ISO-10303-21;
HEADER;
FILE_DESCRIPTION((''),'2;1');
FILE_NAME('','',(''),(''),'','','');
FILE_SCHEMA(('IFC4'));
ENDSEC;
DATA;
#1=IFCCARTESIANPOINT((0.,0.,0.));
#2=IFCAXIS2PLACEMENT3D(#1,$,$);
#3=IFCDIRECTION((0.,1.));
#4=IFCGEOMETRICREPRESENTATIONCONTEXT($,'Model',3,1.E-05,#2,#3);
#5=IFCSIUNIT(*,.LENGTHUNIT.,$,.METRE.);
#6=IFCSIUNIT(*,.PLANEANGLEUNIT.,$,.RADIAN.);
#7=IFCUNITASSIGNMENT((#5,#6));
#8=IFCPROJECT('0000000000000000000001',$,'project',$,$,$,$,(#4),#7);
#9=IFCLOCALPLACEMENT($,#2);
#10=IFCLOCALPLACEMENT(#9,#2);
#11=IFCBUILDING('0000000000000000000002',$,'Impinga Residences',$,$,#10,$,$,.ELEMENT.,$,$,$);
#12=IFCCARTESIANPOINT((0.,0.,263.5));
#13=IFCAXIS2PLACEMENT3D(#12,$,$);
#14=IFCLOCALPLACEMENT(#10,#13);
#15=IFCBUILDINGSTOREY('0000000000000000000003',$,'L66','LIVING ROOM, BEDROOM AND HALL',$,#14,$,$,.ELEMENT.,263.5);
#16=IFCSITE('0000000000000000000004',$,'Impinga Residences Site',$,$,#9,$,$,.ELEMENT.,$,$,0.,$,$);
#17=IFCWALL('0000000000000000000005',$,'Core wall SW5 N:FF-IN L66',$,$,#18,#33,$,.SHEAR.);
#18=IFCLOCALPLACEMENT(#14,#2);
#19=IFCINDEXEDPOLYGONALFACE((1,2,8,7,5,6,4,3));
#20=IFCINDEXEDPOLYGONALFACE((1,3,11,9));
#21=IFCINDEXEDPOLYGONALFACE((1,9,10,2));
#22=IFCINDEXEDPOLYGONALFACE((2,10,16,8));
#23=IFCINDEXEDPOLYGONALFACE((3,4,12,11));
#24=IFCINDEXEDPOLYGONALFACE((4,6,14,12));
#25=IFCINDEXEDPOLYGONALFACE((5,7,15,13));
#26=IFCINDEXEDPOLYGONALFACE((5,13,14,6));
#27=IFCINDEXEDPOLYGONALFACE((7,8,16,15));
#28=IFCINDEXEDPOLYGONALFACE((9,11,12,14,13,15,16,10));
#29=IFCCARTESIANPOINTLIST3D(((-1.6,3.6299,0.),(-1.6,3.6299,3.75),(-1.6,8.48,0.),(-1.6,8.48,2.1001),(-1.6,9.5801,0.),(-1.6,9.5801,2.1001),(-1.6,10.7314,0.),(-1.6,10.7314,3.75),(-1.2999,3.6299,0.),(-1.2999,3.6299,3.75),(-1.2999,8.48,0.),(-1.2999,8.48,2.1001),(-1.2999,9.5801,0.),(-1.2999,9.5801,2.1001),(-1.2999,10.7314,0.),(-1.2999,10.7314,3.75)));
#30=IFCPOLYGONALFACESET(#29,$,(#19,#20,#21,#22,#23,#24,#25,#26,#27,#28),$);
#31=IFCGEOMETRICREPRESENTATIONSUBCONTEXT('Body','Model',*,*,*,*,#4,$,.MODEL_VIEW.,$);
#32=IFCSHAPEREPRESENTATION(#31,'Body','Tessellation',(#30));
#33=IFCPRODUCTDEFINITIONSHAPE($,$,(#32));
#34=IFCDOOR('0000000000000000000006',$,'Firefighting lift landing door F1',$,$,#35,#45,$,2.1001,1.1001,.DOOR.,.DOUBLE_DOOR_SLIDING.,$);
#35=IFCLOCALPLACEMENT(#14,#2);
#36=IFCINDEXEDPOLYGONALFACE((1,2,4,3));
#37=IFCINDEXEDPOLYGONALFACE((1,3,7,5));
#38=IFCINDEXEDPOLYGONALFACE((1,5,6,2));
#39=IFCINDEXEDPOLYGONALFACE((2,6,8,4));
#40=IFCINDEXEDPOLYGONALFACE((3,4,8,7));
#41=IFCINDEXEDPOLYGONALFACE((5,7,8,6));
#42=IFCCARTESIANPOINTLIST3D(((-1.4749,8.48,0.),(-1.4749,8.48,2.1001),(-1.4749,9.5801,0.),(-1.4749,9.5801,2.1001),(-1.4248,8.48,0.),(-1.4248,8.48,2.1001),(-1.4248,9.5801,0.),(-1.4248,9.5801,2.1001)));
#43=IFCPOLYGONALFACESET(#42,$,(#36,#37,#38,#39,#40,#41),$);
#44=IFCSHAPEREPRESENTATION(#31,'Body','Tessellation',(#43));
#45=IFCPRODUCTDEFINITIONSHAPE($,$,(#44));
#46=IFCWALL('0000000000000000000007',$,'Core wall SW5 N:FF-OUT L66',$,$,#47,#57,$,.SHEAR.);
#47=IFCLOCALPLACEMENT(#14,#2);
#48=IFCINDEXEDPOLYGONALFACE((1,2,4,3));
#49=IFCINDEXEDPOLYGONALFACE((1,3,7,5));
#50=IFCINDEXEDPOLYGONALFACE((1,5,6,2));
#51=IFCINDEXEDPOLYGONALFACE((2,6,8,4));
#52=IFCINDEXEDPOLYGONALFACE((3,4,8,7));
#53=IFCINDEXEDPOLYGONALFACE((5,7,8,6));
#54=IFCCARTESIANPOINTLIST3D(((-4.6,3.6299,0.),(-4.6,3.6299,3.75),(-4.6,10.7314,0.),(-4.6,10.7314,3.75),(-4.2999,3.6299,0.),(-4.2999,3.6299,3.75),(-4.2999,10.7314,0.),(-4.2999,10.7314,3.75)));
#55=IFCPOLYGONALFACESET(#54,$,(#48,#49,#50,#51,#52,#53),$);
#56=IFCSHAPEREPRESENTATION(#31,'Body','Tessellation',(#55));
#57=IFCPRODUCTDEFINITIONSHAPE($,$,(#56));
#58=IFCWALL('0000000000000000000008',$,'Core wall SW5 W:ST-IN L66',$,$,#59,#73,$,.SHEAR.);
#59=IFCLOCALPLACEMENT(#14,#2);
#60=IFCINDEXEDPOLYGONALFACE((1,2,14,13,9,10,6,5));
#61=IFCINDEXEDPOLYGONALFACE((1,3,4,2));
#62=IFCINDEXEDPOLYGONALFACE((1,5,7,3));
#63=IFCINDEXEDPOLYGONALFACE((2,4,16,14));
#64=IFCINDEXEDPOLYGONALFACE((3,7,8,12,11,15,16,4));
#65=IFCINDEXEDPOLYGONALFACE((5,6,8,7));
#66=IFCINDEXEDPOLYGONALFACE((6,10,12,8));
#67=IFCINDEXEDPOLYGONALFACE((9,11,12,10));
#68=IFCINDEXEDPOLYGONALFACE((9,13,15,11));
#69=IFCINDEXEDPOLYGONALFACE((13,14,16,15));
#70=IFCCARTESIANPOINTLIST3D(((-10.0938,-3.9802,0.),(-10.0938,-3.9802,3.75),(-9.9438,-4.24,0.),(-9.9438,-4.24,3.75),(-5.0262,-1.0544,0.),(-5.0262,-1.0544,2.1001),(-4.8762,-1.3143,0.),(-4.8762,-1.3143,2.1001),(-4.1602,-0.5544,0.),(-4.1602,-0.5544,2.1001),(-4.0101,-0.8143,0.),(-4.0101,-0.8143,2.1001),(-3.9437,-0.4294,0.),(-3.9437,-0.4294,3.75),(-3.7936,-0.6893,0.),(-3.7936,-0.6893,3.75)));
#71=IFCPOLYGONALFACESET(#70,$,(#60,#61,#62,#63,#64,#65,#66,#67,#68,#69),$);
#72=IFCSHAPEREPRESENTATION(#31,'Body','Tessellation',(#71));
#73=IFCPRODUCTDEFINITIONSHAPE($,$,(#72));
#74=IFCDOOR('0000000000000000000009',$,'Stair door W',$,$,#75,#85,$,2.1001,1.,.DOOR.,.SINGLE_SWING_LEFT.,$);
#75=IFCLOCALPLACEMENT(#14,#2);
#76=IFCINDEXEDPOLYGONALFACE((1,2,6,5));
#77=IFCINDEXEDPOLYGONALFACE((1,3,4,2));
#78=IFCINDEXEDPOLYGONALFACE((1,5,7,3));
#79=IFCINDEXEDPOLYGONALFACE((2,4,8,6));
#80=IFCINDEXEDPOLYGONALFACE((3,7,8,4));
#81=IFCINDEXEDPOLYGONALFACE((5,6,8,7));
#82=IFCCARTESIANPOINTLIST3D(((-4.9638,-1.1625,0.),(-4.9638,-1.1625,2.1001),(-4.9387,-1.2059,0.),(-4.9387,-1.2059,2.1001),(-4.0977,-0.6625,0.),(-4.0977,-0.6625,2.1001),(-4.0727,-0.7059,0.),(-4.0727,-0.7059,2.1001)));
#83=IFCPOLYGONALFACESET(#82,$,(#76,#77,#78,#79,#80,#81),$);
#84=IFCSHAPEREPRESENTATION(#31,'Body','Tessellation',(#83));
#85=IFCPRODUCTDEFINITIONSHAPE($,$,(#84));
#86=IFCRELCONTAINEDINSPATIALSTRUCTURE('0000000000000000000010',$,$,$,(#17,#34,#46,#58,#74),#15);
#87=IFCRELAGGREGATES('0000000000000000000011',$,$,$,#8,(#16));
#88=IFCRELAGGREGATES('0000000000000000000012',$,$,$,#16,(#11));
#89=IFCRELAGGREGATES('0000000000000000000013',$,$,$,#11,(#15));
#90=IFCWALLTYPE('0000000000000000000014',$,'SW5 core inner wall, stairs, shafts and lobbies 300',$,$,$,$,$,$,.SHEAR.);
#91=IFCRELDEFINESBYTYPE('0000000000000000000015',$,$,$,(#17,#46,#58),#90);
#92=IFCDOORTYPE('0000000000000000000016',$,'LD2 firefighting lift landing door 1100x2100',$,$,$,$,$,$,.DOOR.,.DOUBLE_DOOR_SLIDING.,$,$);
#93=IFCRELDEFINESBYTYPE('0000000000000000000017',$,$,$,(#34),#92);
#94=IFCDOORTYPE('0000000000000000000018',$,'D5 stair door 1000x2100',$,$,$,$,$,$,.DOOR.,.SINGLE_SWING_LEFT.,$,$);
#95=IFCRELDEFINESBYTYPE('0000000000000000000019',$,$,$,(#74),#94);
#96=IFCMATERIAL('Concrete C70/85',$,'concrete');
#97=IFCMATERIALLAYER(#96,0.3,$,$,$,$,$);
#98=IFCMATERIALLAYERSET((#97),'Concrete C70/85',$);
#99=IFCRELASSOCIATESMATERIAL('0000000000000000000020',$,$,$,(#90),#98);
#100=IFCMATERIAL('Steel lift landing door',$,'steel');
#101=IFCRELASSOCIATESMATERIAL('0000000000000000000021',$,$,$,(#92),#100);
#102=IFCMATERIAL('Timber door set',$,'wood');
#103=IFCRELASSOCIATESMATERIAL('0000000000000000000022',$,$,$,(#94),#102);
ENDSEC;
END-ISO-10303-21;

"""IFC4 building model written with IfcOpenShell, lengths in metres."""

from ifc_helpers import new_model, si_unit, direction, frame, frame_2d, origin, place, context, subcontext, project, spatial, rectangle, extrude, material, layer, layer_set, type_object, element, fill, save


model = new_model("IFC4")

# Units and contexts
model_context = context("Model", 3, precision=1e-05, world=origin(), true_north=direction((0.0, 1.0)))
body_context = subcontext(model_context, "Body", "Model", "MODEL_VIEW")
ifc_project = project(units=[si_unit("LENGTHUNIT", "METRE"), si_unit("PLANEANGLEUNIT", "RADIAN")], contexts=[model_context])

# Site, building, storey
site_placement = place(None, origin())
site = spatial("IfcSite", under=ifc_project, at=site_placement, Name="Impinga Residences Site", CompositionType="ELEMENT", RefElevation=0.0)
building_placement = place(site_placement, origin())
building = spatial("IfcBuilding", under=site, at=building_placement, Name="Impinga Residences", CompositionType="ELEMENT")
storey_placement = place(building_placement, frame((0.0, 0.0, 263.5)))
storey = spatial("IfcBuildingStorey", under=building, at=storey_placement, Name="L66", Description="LIVING ROOM, BEDROOM AND HALL", CompositionType="ELEMENT", Elevation=263.5)

# Shared definitions
ifc_material_1 = material(Name="Concrete C70/85", Category="concrete")
ifc_layer_1 = layer(ifc_material_1, 0.3)
ifc_layer_set_1 = layer_set([ifc_layer_1], Name="Concrete C70/85")
wall_type_1 = type_object("IfcWallType", Name="SW5 core inner wall, stairs, shafts and lobbies 300", PredefinedType="SHEAR", material=ifc_layer_set_1)
ifc_material_2 = material(Name="Timber door set", Category="wood")

# Wall, opening, door
wall_1_placement = place(storey_placement, frame((-1.45, 3.6299, 0.0), z_axis=(0.0, 0.0, 1.0), x_axis=(0.0, 1.0, 0.0)))
wall_1 = element("IfcWall", 1, at=wall_1_placement, inside=storey, type_object=wall_type_1, Name="Core wall SW5 N:FF-IN L66", PredefinedType="SHEAR", context=body_context, shape_type="SweptSolid", body=[
    extrude(rectangle(XDim=7.1016, YDim=0.3, at=frame_2d((3.5508, 0.0))), origin(), (0.0, 0.0, 1.0), 3.75),
])
opening_1_placement = place(wall_1_placement, frame((4.8501, 0.0, 0.0)))
opening_1 = element("IfcOpeningElement", 2, at=opening_1_placement, cuts=wall_1, PredefinedType="OPENING", context=body_context, shape_type="SweptSolid", body=[
    extrude(rectangle(XDim=1.1001, YDim=2.1001, at=frame_2d((0.55, 1.05))), frame((0.0, 0.1599, 0.0), z_axis=(0.0, -1.0, 0.0), x_axis=(1.0, 0.0, 0.0)), (0.0, 0.0, 1.0), 0.3201),
])
ifc_material_3 = material(Name="Steel lift landing door", Category="steel")
door_type_1 = type_object("IfcDoorType", Name="LD2 firefighting lift landing door 1100x2100", OperationType="DOUBLE_DOOR_SLIDING", PredefinedType="DOOR", material=ifc_material_3)
door_1_placement = place(opening_1_placement, origin())
door_1 = element("IfcDoor", 3, at=door_1_placement, inside=storey, type_object=door_type_1, Name="Firefighting lift landing door F1", OperationType="DOUBLE_DOOR_SLIDING", OverallHeight=2.1001, OverallWidth=1.1001, PredefinedType="DOOR", context=body_context, shape_type="SweptSolid", body=[
    extrude(rectangle(XDim=1.1001, YDim=2.1001, at=frame_2d((0.55, 1.05))), frame((0.0, 0.0249, 0.0), z_axis=(0.0, -1.0, 0.0), x_axis=(1.0, 0.0, 0.0)), (0.0, 0.0, 1.0), 0.05),
])
fill(opening_1, door_1)

# Wall
wall_2_placement = place(storey_placement, frame((-4.45, 3.6299, 0.0), z_axis=(0.0, 0.0, 1.0), x_axis=(0.0, 1.0, 0.0)))
element("IfcWall", 4, at=wall_2_placement, inside=storey, type_object=wall_type_1, Name="Core wall SW5 N:FF-OUT L66", PredefinedType="SHEAR", context=body_context, shape_type="SweptSolid", body=[
    extrude(rectangle(XDim=7.1016, YDim=0.3, at=frame_2d((3.5508, 0.0))), origin(), (0.0, 0.0, 1.0), 3.75),
])

# Wall, opening, door
wall_3_placement = place(storey_placement, frame((-3.8687, -0.5593, 0.0), z_axis=(0.0, 0.0, 1.0), x_axis=(-0.866026, -0.499999, 0.0)))
wall_3 = element("IfcWall", 5, at=wall_3_placement, inside=storey, type_object=wall_type_1, Name="Core wall SW5 W:ST-IN L66", PredefinedType="SHEAR", context=body_context, shape_type="SweptSolid", body=[
    extrude(rectangle(XDim=7.1016, YDim=0.3, at=frame_2d((3.5508, 0.0))), origin(), (0.0, 0.0, 1.0), 3.75),
])
opening_2_placement = place(wall_3_placement, frame((0.25, 0.0, 0.0)))
opening_2 = element("IfcOpeningElement", 6, at=opening_2_placement, cuts=wall_3, PredefinedType="OPENING", context=body_context, shape_type="SweptSolid", body=[
    extrude(rectangle(XDim=1.0, YDim=2.1001, at=frame_2d((0.5, 1.05))), frame((0.0, 0.1599, 0.0), z_axis=(0.0, -1.0, 0.0), x_axis=(1.0, 0.0, 0.0)), (0.0, 0.0, 1.0), 0.3201),
])
door_type_2 = type_object("IfcDoorType", Name="D5 stair door 1000x2100", OperationType="SINGLE_SWING_LEFT", PredefinedType="DOOR", material=ifc_material_2)
door_2_placement = place(opening_2_placement, origin())
door_2 = element("IfcDoor", 7, at=door_2_placement, inside=storey, type_object=door_type_2, Name="Stair door W", OperationType="SINGLE_SWING_LEFT", OverallHeight=2.1001, OverallWidth=1.0, PredefinedType="DOOR", context=body_context, shape_type="SweptSolid", body=[
    extrude(rectangle(XDim=1.0, YDim=2.1001, at=frame_2d((0.5, 1.05))), frame((0.0, 0.0249, 0.0), z_axis=(0.0, -1.0, 0.0), x_axis=(1.0, 0.0, 0.0)), (0.0, 0.0, 1.0), 0.05),
])
fill(opening_2, door_2)

save(model, "model.ifc")
